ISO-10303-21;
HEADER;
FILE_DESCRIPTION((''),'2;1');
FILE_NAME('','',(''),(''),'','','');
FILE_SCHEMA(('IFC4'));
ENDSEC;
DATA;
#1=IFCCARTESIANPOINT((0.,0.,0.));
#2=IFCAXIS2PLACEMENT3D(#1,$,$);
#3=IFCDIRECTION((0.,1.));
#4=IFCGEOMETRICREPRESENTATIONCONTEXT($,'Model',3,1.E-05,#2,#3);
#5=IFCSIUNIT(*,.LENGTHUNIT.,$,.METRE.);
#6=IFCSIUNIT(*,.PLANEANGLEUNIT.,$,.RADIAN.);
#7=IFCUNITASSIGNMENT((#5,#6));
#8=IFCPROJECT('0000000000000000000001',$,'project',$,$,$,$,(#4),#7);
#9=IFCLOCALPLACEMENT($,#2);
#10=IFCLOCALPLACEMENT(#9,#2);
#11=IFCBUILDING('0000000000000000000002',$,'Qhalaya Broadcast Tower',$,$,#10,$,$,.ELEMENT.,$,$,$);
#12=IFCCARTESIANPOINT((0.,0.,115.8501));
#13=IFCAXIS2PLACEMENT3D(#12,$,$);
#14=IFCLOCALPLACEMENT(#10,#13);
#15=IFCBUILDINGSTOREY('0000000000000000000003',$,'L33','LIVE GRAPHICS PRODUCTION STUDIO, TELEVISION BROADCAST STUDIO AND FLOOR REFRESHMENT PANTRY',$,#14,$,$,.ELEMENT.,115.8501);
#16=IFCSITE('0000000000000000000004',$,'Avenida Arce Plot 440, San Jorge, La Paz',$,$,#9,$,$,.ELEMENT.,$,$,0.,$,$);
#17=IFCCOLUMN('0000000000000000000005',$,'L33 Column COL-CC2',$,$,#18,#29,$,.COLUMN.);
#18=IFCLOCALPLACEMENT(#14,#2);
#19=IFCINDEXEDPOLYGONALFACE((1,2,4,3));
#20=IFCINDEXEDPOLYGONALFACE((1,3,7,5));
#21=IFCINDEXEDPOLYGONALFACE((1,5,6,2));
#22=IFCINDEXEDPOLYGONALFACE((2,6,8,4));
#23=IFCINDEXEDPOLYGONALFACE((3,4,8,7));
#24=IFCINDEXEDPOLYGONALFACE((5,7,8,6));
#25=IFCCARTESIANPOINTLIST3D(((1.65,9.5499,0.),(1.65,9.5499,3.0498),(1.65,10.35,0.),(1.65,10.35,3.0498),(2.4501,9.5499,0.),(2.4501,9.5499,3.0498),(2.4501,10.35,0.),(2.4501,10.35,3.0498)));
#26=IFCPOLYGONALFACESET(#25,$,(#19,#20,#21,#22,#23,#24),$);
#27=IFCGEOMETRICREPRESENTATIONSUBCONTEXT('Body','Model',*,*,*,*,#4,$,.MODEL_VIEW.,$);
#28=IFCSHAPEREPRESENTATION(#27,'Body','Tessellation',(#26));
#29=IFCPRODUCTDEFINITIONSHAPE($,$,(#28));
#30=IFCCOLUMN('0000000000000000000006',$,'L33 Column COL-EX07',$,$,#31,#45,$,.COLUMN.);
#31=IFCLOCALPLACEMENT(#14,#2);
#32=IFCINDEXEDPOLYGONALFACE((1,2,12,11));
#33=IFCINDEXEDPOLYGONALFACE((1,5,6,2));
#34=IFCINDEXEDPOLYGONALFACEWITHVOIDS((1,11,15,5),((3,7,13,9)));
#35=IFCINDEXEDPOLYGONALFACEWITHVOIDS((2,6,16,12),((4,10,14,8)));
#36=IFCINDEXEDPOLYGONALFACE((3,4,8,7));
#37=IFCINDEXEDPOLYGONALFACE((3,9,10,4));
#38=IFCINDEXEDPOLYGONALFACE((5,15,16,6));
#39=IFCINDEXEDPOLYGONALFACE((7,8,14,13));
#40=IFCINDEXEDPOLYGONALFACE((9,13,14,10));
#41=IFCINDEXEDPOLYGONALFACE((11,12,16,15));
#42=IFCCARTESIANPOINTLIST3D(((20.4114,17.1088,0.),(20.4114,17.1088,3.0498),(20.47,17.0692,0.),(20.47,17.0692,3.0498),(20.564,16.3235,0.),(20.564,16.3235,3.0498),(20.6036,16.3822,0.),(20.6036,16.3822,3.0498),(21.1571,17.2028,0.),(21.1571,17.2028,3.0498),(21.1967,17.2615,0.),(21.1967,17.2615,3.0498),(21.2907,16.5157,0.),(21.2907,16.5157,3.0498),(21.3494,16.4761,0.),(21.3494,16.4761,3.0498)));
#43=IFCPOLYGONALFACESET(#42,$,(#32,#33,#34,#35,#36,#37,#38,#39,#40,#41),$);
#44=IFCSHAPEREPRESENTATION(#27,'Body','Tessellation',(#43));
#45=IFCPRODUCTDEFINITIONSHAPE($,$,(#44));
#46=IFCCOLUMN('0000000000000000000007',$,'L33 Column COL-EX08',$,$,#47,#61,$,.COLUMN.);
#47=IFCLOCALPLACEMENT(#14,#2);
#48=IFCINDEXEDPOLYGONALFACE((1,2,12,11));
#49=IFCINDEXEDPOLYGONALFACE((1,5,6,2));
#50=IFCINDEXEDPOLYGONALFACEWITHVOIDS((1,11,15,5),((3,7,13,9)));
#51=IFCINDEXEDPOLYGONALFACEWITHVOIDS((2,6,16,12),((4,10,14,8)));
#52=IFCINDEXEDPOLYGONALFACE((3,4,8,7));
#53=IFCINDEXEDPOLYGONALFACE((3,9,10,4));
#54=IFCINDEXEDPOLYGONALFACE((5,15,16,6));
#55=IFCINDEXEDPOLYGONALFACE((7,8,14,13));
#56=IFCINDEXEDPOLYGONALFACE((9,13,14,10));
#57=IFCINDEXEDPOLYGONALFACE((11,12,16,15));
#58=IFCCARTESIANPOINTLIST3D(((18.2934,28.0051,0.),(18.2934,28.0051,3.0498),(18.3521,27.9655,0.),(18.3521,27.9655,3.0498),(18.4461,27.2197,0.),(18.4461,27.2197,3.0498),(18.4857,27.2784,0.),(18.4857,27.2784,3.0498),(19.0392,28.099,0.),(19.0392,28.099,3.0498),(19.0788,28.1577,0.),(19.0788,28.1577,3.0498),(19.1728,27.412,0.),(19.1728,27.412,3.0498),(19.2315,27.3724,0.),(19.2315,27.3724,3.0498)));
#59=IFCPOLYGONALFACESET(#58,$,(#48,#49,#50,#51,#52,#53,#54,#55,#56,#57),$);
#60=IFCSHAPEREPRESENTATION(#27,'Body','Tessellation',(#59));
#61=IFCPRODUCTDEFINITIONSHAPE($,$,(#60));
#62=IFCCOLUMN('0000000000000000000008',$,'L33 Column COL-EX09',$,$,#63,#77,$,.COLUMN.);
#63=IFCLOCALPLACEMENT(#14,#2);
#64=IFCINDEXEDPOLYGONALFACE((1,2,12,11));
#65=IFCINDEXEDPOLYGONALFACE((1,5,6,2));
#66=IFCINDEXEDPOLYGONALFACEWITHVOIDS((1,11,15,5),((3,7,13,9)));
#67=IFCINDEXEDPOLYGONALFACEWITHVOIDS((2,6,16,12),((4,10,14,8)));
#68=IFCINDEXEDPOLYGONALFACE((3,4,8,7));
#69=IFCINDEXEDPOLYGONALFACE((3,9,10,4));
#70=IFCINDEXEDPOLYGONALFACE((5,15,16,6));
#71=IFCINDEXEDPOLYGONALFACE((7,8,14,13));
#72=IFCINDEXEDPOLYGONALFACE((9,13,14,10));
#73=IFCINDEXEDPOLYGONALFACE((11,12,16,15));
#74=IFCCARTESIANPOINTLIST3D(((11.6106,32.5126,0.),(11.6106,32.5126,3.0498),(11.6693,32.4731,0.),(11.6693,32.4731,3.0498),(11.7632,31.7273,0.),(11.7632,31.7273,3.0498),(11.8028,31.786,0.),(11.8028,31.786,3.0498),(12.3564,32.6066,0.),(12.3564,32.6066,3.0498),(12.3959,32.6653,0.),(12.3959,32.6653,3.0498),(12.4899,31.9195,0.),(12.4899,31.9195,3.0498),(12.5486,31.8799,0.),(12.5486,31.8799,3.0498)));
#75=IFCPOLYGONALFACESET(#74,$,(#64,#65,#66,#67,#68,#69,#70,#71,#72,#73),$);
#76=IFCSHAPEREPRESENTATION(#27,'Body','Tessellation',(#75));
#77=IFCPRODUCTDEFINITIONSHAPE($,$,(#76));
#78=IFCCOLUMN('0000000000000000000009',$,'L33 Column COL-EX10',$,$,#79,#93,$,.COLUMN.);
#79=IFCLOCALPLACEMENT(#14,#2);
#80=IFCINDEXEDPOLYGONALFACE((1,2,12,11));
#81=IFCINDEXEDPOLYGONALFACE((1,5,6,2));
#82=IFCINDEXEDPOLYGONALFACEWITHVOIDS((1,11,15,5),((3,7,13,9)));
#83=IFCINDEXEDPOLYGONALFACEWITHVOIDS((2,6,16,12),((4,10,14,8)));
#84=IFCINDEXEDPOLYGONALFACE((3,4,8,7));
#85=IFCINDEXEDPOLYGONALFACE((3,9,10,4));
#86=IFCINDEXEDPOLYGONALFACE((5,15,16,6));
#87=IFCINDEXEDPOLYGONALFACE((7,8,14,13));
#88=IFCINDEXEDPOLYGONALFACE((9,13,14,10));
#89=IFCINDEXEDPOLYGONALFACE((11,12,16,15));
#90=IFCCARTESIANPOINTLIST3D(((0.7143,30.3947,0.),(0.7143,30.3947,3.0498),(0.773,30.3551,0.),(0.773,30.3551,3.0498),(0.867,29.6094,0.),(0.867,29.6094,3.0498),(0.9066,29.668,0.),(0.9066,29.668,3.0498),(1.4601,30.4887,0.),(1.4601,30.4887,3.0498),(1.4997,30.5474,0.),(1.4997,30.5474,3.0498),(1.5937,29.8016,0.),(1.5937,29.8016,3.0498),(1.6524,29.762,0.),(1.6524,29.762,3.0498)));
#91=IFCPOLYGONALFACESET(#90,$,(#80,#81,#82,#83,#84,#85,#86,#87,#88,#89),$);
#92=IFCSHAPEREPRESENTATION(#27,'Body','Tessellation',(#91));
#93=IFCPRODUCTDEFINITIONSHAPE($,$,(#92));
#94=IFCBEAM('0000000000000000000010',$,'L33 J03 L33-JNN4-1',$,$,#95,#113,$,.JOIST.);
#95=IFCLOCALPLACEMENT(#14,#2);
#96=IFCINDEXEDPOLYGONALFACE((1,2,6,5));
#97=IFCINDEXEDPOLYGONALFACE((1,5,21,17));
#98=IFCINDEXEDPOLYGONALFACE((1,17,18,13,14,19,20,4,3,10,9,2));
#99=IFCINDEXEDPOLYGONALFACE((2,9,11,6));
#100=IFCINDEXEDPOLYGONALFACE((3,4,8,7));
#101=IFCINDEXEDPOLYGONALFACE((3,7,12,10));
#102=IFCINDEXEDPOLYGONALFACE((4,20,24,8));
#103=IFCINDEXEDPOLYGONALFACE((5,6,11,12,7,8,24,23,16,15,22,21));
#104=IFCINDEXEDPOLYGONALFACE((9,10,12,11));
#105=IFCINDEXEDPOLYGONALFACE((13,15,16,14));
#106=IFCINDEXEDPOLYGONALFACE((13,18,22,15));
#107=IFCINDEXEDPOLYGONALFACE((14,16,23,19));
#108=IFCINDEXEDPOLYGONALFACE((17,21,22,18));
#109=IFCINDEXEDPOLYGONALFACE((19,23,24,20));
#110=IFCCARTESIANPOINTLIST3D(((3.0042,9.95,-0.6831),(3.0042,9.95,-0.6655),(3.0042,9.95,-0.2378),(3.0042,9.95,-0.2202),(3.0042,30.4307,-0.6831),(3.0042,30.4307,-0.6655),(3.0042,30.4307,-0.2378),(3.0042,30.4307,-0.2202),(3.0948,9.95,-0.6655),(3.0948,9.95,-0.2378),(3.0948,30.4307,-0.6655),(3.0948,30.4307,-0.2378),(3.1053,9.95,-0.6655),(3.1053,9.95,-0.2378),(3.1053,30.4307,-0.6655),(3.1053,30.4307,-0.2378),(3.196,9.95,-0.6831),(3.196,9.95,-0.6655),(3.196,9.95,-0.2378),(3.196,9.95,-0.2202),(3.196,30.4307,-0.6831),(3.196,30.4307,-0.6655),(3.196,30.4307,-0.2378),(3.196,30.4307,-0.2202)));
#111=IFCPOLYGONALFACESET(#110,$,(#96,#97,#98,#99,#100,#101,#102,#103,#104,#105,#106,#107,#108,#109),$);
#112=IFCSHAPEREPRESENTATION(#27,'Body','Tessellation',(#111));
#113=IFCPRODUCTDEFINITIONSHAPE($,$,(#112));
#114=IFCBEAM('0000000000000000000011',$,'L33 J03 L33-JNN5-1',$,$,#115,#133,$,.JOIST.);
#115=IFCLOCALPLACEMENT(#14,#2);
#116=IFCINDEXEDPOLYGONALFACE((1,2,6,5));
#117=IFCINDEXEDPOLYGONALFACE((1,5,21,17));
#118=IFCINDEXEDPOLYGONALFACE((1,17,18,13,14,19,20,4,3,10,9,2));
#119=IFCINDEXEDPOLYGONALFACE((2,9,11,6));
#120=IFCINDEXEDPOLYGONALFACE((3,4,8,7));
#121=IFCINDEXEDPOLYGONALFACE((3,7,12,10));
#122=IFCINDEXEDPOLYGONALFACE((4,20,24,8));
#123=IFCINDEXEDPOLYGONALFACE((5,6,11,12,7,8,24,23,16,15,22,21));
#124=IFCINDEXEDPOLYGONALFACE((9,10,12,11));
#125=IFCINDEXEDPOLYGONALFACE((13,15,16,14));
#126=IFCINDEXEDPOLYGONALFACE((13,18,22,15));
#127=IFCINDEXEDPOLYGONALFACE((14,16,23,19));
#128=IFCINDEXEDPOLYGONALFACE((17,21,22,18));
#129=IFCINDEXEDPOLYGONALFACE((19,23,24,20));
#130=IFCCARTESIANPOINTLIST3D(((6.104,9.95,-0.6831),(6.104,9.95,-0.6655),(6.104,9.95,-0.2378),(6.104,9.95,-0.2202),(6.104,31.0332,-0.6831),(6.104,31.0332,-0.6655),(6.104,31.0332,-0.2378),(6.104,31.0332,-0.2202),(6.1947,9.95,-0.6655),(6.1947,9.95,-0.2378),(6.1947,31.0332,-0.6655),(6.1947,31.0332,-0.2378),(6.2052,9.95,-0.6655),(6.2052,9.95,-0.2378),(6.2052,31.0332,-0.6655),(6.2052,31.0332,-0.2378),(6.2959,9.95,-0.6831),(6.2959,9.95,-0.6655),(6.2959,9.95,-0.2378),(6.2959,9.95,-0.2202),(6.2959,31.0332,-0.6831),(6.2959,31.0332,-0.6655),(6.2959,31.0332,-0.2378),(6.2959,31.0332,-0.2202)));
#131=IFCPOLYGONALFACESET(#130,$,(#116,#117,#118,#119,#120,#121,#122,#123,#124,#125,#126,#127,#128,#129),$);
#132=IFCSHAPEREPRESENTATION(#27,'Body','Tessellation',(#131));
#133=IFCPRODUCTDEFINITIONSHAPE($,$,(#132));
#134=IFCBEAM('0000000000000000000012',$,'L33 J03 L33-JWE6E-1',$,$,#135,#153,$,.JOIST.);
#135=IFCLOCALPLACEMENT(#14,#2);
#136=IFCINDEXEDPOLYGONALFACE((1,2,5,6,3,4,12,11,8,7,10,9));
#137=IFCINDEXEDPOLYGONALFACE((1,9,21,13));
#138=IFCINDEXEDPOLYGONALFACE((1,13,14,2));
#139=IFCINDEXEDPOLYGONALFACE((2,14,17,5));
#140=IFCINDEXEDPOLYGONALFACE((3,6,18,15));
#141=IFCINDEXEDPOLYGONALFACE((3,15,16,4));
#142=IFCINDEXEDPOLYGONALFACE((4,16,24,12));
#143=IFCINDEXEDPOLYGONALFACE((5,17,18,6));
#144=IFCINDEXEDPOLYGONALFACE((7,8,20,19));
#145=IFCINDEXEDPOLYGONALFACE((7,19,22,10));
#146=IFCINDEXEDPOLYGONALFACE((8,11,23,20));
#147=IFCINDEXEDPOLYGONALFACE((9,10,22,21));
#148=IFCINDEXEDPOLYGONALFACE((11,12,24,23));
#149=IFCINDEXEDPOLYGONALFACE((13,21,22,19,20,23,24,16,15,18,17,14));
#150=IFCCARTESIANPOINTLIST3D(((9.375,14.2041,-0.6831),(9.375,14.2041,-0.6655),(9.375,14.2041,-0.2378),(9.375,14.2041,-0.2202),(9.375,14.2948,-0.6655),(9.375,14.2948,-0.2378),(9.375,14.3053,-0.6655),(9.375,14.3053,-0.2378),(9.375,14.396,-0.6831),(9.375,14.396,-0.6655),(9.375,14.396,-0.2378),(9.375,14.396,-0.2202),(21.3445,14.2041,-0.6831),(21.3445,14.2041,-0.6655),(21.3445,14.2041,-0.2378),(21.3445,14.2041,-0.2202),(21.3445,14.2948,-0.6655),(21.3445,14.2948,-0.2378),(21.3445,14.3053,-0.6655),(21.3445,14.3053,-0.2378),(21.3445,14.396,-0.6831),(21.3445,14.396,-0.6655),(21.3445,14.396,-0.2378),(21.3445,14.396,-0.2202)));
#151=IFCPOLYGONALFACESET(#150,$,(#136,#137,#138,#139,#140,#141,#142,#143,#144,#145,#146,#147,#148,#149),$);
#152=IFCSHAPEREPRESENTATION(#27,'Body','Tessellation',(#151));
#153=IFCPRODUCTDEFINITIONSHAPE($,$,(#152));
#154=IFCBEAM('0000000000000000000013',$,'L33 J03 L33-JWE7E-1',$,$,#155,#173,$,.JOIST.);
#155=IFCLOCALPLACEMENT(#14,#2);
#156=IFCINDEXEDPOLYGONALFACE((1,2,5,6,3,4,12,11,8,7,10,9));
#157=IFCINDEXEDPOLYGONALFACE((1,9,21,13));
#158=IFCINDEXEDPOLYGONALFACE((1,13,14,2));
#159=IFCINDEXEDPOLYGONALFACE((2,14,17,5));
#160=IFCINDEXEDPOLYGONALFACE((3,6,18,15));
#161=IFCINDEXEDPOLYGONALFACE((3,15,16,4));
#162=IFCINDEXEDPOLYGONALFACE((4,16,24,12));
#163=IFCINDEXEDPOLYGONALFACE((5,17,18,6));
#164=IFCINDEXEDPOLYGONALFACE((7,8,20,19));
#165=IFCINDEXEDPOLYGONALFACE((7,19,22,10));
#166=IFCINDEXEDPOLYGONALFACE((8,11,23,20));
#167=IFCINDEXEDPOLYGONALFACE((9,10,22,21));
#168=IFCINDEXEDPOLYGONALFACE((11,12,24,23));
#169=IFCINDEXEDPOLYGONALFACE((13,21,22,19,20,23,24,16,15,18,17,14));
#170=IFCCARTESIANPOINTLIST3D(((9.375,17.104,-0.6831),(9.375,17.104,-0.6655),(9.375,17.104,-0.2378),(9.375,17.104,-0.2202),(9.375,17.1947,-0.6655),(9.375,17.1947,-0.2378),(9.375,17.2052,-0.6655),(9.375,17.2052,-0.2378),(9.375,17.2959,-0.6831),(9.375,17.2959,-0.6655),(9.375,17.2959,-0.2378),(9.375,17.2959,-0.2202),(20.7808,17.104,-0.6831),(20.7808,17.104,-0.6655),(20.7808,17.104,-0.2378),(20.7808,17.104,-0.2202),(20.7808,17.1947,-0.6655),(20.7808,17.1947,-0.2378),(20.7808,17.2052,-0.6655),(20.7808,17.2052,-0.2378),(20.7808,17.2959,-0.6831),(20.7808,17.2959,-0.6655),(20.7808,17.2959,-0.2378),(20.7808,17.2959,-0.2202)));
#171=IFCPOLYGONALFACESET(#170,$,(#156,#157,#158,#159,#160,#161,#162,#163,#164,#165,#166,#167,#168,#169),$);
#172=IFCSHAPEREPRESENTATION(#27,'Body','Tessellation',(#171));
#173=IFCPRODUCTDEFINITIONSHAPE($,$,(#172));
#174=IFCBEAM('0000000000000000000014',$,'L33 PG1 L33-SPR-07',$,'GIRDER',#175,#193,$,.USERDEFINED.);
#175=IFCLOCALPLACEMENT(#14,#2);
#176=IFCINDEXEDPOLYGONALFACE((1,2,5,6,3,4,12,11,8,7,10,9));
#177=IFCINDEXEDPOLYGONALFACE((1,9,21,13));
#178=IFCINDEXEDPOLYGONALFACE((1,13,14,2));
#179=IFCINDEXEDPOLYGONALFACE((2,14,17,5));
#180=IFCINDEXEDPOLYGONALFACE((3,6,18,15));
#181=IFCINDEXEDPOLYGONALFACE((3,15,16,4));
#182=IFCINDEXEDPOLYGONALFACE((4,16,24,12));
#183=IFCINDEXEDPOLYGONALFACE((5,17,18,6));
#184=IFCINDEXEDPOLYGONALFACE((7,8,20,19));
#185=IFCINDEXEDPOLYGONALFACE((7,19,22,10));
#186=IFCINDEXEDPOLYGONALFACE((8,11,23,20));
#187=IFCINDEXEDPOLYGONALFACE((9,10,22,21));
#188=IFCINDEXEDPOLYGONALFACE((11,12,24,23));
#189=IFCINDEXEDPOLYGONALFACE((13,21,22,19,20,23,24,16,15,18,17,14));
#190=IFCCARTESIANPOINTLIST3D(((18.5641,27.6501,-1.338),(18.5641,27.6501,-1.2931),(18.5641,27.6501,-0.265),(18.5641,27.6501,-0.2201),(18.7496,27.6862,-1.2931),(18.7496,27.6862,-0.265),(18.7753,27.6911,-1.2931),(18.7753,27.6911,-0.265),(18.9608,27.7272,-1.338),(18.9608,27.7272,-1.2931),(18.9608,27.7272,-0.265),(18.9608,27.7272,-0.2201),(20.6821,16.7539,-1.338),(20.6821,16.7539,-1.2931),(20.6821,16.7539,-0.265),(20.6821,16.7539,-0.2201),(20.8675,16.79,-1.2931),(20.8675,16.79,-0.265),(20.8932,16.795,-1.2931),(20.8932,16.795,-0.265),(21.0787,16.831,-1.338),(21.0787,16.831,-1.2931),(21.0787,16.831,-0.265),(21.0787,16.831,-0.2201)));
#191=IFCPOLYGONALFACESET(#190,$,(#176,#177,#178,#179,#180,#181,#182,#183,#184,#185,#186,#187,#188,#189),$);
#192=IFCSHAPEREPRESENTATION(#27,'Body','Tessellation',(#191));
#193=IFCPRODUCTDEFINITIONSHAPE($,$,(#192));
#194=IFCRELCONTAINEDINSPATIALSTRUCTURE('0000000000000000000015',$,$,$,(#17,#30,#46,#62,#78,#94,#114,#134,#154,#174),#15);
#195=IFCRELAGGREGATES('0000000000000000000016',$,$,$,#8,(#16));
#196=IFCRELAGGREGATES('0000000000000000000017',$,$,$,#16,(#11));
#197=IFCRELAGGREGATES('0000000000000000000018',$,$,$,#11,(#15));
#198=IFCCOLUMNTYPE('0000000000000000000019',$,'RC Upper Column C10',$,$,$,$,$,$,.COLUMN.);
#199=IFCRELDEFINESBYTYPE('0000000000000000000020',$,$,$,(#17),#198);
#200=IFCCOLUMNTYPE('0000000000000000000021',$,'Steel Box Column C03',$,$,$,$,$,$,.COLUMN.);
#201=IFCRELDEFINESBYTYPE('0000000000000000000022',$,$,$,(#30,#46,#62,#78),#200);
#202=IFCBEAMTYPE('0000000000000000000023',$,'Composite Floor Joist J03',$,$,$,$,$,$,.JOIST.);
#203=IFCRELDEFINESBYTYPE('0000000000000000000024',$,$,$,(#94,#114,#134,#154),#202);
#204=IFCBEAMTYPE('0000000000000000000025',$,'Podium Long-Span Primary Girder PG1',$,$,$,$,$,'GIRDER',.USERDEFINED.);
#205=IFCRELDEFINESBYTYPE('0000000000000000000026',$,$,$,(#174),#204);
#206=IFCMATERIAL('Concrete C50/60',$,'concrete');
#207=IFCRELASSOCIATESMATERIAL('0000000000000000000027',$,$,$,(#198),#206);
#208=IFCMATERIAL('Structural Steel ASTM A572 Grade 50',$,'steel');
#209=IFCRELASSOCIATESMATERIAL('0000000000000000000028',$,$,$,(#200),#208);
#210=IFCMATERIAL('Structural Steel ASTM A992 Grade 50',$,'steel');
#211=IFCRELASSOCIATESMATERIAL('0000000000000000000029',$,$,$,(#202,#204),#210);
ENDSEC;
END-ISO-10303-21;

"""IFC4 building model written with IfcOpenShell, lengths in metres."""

from ifc_helpers import new_model, si_unit, direction, frame, origin, origin_2d, place, context, subcontext, project, spatial, rectangle, hollow_rectangle, i_section, extrude, material, material_profile, profile_set, type_object, element, save


model = new_model("IFC4")

# Units and contexts
model_context = context("Model", 3, precision=1e-05, world=origin(), true_north=direction((0.0, 1.0)))
body_context = subcontext(model_context, "Body", "Model", "MODEL_VIEW")
ifc_project = project(units=[si_unit("LENGTHUNIT", "METRE"), si_unit("PLANEANGLEUNIT", "RADIAN")], contexts=[model_context])

# Site, building, storey
site_placement = place(None, origin())
site = spatial("IfcSite", under=ifc_project, at=site_placement, Name="Avenida Arce Plot 440, San Jorge, La Paz", CompositionType="ELEMENT", RefElevation=0.0)
building_placement = place(site_placement, origin())
building = spatial("IfcBuilding", under=site, at=building_placement, Name="Qhalaya Broadcast Tower", CompositionType="ELEMENT")
storey_placement = place(building_placement, frame((0.0, 0.0, 115.8501)))
storey = spatial("IfcBuildingStorey", under=building, at=storey_placement, Name="L33", Description="LIVE GRAPHICS PRODUCTION STUDIO, TELEVISION BROADCAST STUDIO AND FLOOR REFRESHMENT PANTRY", CompositionType="ELEMENT", Elevation=115.8501)

# Columns
ifc_material_1 = material(Name="Concrete C50/60", Category="concrete")
ifc_material_profile_1 = material_profile(ifc_material_1, rectangle(XDim=0.8, YDim=0.8, at=origin_2d()), Name="RC-COL 800x800")
ifc_profile_set_1 = profile_set([ifc_material_profile_1], Name="Concrete C50/60")
column_type_1 = type_object("IfcColumnType", Name="RC Upper Column C10", PredefinedType="COLUMN", material=ifc_profile_set_1)
column_placement = place(storey_placement, frame((2.05, 9.95, 0.0), z_axis=(0.0, 0.0, 1.0), x_axis=(1.0, 0.0, 0.0)))
element("IfcColumn", 1, at=column_placement, inside=storey, type_object=column_type_1, Name="L33 Column COL-CC2", PredefinedType="COLUMN", context=body_context, shape_type="SweptSolid", body=[
    extrude(rectangle(XDim=0.8, YDim=0.8, at=origin_2d()), origin(), (0.0, 0.0, 1.0), 3.0498),
])
ifc_material_2 = material(Name="Structural Steel ASTM A572 Grade 50", Category="steel")
ifc_material_profile_2 = material_profile(ifc_material_2, hollow_rectangle(XDim=0.8, YDim=0.8, WallThickness=0.05, at=origin_2d()), Name="BOX 800x800x50")
ifc_profile_set_2 = profile_set([ifc_material_profile_2], Name="Structural Steel ASTM A572 Grade 50")
column_type_2 = type_object("IfcColumnType", Name="Steel Box Column C03", PredefinedType="COLUMN", material=ifc_profile_set_2)
for number, where, z_axis, x_axis, name in (
    (2, (20.8804, 16.7925, 0.0), (0.0, 0.0, 1.0), (-0.190809, 0.981627, 0.0), "L33 Column COL-EX07"),
    (3, (18.7625, 27.6887, 0.0), (0.0, 0.0, 1.0), (-0.190809, 0.981627, 0.0), "L33 Column COL-EX08"),
    (4, (12.0796, 32.1963, 0.0), (0.0, 0.0, 1.0), (0.981627, 0.190809, 0.0), "L33 Column COL-EX09"),
    (5, (1.1833, 30.0784, 0.0), (0.0, 0.0, 1.0), (0.981627, 0.190809, 0.0), "L33 Column COL-EX10"),
):
    element("IfcColumn", number, at=place(storey_placement, frame(where, z_axis=z_axis, x_axis=x_axis)), inside=storey, type_object=column_type_2, Name=name, PredefinedType="COLUMN", context=body_context, shape_type="SweptSolid", body=[
        extrude(hollow_rectangle(XDim=0.8, YDim=0.8, WallThickness=0.05, at=origin_2d()), origin(), (0.0, 0.0, 1.0), 3.0498),
    ])

# Beams
ifc_material_3 = material(Name="Structural Steel ASTM A992 Grade 50", Category="steel")
ifc_material_profile_3 = material_profile(ifc_material_3, i_section(OverallWidth=0.1919, OverallDepth=0.4629, WebThickness=0.0105, FlangeThickness=0.0176, at=origin_2d()), Name="W18X60")
ifc_profile_set_3 = profile_set([ifc_material_profile_3], Name="Structural Steel ASTM A992 Grade 50")
beam_type_1 = type_object("IfcBeamType", Name="Composite Floor Joist J03", PredefinedType="JOIST", material=ifc_profile_set_3)
beam_1_placement = place(storey_placement, frame((3.1001, 9.95, -0.4517), z_axis=(0.0, 1.0, 0.0), x_axis=(-1.0, 0.0, 0.0)))
element("IfcBeam", 6, at=beam_1_placement, inside=storey, type_object=beam_type_1, Name="L33 J03 L33-JNN4-1", PredefinedType="JOIST", context=body_context, shape_type="SweptSolid", body=[
    extrude(i_section(OverallWidth=0.1919, OverallDepth=0.4629, WebThickness=0.0105, FlangeThickness=0.0176, at=origin_2d()), origin(), (0.0, 0.0, 1.0), 20.4807),
])
beam_2_placement = place(storey_placement, frame((6.2, 9.95, -0.4517), z_axis=(0.0, 1.0, 0.0), x_axis=(-1.0, 0.0, 0.0)))
element("IfcBeam", 7, at=beam_2_placement, inside=storey, type_object=beam_type_1, Name="L33 J03 L33-JNN5-1", PredefinedType="JOIST", context=body_context, shape_type="SweptSolid", body=[
    extrude(i_section(OverallWidth=0.1919, OverallDepth=0.4629, WebThickness=0.0105, FlangeThickness=0.0176, at=origin_2d()), origin(), (0.0, 0.0, 1.0), 21.0833),
])
beam_3_placement = place(storey_placement, frame((9.375, 14.3, -0.4517), z_axis=(1.0, 0.0, 0.0), x_axis=(0.0, 1.0, 0.0)))
element("IfcBeam", 8, at=beam_3_placement, inside=storey, type_object=beam_type_1, Name="L33 J03 L33-JWE6E-1", PredefinedType="JOIST", context=body_context, shape_type="SweptSolid", body=[
    extrude(i_section(OverallWidth=0.1919, OverallDepth=0.4629, WebThickness=0.0105, FlangeThickness=0.0176, at=origin_2d()), origin(), (0.0, 0.0, 1.0), 11.9695),
])
beam_4_placement = place(storey_placement, frame((9.375, 17.2, -0.4517), z_axis=(1.0, 0.0, 0.0), x_axis=(0.0, 1.0, 0.0)))
element("IfcBeam", 9, at=beam_4_placement, inside=storey, type_object=beam_type_1, Name="L33 J03 L33-JWE7E-1", PredefinedType="JOIST", context=body_context, shape_type="SweptSolid", body=[
    extrude(i_section(OverallWidth=0.1919, OverallDepth=0.4629, WebThickness=0.0105, FlangeThickness=0.0176, at=origin_2d()), origin(), (0.0, 0.0, 1.0), 11.4058),
])
ifc_material_profile_4 = material_profile(ifc_material_3, i_section(OverallWidth=0.4041, OverallDepth=1.1179, WebThickness=0.0261, FlangeThickness=0.0449, at=origin_2d()), Name="W44X335")
ifc_profile_set_4 = profile_set([ifc_material_profile_4], Name="Structural Steel ASTM A992 Grade 50")
beam_type_2 = type_object("IfcBeamType", Name="Podium Long-Span Primary Girder PG1", ElementType="GIRDER", PredefinedType="USERDEFINED", material=ifc_profile_set_4)
beam_5_placement = place(storey_placement, frame((20.8804, 16.7925, -0.7791), z_axis=(-0.190801, 0.981629, 0.0), x_axis=(-0.981629, -0.190801, 0.0)))
element("IfcBeam", 10, at=beam_5_placement, inside=storey, type_object=beam_type_2, Name="L33 PG1 L33-SPR-07", ObjectType="GIRDER", PredefinedType="USERDEFINED", context=body_context, shape_type="SweptSolid", body=[
    extrude(i_section(OverallWidth=0.4041, OverallDepth=1.1179, WebThickness=0.0261, FlangeThickness=0.0449, at=origin_2d()), origin(), (0.0, 0.0, 1.0), 11.1001),
])

save(model, "model.ifc")
